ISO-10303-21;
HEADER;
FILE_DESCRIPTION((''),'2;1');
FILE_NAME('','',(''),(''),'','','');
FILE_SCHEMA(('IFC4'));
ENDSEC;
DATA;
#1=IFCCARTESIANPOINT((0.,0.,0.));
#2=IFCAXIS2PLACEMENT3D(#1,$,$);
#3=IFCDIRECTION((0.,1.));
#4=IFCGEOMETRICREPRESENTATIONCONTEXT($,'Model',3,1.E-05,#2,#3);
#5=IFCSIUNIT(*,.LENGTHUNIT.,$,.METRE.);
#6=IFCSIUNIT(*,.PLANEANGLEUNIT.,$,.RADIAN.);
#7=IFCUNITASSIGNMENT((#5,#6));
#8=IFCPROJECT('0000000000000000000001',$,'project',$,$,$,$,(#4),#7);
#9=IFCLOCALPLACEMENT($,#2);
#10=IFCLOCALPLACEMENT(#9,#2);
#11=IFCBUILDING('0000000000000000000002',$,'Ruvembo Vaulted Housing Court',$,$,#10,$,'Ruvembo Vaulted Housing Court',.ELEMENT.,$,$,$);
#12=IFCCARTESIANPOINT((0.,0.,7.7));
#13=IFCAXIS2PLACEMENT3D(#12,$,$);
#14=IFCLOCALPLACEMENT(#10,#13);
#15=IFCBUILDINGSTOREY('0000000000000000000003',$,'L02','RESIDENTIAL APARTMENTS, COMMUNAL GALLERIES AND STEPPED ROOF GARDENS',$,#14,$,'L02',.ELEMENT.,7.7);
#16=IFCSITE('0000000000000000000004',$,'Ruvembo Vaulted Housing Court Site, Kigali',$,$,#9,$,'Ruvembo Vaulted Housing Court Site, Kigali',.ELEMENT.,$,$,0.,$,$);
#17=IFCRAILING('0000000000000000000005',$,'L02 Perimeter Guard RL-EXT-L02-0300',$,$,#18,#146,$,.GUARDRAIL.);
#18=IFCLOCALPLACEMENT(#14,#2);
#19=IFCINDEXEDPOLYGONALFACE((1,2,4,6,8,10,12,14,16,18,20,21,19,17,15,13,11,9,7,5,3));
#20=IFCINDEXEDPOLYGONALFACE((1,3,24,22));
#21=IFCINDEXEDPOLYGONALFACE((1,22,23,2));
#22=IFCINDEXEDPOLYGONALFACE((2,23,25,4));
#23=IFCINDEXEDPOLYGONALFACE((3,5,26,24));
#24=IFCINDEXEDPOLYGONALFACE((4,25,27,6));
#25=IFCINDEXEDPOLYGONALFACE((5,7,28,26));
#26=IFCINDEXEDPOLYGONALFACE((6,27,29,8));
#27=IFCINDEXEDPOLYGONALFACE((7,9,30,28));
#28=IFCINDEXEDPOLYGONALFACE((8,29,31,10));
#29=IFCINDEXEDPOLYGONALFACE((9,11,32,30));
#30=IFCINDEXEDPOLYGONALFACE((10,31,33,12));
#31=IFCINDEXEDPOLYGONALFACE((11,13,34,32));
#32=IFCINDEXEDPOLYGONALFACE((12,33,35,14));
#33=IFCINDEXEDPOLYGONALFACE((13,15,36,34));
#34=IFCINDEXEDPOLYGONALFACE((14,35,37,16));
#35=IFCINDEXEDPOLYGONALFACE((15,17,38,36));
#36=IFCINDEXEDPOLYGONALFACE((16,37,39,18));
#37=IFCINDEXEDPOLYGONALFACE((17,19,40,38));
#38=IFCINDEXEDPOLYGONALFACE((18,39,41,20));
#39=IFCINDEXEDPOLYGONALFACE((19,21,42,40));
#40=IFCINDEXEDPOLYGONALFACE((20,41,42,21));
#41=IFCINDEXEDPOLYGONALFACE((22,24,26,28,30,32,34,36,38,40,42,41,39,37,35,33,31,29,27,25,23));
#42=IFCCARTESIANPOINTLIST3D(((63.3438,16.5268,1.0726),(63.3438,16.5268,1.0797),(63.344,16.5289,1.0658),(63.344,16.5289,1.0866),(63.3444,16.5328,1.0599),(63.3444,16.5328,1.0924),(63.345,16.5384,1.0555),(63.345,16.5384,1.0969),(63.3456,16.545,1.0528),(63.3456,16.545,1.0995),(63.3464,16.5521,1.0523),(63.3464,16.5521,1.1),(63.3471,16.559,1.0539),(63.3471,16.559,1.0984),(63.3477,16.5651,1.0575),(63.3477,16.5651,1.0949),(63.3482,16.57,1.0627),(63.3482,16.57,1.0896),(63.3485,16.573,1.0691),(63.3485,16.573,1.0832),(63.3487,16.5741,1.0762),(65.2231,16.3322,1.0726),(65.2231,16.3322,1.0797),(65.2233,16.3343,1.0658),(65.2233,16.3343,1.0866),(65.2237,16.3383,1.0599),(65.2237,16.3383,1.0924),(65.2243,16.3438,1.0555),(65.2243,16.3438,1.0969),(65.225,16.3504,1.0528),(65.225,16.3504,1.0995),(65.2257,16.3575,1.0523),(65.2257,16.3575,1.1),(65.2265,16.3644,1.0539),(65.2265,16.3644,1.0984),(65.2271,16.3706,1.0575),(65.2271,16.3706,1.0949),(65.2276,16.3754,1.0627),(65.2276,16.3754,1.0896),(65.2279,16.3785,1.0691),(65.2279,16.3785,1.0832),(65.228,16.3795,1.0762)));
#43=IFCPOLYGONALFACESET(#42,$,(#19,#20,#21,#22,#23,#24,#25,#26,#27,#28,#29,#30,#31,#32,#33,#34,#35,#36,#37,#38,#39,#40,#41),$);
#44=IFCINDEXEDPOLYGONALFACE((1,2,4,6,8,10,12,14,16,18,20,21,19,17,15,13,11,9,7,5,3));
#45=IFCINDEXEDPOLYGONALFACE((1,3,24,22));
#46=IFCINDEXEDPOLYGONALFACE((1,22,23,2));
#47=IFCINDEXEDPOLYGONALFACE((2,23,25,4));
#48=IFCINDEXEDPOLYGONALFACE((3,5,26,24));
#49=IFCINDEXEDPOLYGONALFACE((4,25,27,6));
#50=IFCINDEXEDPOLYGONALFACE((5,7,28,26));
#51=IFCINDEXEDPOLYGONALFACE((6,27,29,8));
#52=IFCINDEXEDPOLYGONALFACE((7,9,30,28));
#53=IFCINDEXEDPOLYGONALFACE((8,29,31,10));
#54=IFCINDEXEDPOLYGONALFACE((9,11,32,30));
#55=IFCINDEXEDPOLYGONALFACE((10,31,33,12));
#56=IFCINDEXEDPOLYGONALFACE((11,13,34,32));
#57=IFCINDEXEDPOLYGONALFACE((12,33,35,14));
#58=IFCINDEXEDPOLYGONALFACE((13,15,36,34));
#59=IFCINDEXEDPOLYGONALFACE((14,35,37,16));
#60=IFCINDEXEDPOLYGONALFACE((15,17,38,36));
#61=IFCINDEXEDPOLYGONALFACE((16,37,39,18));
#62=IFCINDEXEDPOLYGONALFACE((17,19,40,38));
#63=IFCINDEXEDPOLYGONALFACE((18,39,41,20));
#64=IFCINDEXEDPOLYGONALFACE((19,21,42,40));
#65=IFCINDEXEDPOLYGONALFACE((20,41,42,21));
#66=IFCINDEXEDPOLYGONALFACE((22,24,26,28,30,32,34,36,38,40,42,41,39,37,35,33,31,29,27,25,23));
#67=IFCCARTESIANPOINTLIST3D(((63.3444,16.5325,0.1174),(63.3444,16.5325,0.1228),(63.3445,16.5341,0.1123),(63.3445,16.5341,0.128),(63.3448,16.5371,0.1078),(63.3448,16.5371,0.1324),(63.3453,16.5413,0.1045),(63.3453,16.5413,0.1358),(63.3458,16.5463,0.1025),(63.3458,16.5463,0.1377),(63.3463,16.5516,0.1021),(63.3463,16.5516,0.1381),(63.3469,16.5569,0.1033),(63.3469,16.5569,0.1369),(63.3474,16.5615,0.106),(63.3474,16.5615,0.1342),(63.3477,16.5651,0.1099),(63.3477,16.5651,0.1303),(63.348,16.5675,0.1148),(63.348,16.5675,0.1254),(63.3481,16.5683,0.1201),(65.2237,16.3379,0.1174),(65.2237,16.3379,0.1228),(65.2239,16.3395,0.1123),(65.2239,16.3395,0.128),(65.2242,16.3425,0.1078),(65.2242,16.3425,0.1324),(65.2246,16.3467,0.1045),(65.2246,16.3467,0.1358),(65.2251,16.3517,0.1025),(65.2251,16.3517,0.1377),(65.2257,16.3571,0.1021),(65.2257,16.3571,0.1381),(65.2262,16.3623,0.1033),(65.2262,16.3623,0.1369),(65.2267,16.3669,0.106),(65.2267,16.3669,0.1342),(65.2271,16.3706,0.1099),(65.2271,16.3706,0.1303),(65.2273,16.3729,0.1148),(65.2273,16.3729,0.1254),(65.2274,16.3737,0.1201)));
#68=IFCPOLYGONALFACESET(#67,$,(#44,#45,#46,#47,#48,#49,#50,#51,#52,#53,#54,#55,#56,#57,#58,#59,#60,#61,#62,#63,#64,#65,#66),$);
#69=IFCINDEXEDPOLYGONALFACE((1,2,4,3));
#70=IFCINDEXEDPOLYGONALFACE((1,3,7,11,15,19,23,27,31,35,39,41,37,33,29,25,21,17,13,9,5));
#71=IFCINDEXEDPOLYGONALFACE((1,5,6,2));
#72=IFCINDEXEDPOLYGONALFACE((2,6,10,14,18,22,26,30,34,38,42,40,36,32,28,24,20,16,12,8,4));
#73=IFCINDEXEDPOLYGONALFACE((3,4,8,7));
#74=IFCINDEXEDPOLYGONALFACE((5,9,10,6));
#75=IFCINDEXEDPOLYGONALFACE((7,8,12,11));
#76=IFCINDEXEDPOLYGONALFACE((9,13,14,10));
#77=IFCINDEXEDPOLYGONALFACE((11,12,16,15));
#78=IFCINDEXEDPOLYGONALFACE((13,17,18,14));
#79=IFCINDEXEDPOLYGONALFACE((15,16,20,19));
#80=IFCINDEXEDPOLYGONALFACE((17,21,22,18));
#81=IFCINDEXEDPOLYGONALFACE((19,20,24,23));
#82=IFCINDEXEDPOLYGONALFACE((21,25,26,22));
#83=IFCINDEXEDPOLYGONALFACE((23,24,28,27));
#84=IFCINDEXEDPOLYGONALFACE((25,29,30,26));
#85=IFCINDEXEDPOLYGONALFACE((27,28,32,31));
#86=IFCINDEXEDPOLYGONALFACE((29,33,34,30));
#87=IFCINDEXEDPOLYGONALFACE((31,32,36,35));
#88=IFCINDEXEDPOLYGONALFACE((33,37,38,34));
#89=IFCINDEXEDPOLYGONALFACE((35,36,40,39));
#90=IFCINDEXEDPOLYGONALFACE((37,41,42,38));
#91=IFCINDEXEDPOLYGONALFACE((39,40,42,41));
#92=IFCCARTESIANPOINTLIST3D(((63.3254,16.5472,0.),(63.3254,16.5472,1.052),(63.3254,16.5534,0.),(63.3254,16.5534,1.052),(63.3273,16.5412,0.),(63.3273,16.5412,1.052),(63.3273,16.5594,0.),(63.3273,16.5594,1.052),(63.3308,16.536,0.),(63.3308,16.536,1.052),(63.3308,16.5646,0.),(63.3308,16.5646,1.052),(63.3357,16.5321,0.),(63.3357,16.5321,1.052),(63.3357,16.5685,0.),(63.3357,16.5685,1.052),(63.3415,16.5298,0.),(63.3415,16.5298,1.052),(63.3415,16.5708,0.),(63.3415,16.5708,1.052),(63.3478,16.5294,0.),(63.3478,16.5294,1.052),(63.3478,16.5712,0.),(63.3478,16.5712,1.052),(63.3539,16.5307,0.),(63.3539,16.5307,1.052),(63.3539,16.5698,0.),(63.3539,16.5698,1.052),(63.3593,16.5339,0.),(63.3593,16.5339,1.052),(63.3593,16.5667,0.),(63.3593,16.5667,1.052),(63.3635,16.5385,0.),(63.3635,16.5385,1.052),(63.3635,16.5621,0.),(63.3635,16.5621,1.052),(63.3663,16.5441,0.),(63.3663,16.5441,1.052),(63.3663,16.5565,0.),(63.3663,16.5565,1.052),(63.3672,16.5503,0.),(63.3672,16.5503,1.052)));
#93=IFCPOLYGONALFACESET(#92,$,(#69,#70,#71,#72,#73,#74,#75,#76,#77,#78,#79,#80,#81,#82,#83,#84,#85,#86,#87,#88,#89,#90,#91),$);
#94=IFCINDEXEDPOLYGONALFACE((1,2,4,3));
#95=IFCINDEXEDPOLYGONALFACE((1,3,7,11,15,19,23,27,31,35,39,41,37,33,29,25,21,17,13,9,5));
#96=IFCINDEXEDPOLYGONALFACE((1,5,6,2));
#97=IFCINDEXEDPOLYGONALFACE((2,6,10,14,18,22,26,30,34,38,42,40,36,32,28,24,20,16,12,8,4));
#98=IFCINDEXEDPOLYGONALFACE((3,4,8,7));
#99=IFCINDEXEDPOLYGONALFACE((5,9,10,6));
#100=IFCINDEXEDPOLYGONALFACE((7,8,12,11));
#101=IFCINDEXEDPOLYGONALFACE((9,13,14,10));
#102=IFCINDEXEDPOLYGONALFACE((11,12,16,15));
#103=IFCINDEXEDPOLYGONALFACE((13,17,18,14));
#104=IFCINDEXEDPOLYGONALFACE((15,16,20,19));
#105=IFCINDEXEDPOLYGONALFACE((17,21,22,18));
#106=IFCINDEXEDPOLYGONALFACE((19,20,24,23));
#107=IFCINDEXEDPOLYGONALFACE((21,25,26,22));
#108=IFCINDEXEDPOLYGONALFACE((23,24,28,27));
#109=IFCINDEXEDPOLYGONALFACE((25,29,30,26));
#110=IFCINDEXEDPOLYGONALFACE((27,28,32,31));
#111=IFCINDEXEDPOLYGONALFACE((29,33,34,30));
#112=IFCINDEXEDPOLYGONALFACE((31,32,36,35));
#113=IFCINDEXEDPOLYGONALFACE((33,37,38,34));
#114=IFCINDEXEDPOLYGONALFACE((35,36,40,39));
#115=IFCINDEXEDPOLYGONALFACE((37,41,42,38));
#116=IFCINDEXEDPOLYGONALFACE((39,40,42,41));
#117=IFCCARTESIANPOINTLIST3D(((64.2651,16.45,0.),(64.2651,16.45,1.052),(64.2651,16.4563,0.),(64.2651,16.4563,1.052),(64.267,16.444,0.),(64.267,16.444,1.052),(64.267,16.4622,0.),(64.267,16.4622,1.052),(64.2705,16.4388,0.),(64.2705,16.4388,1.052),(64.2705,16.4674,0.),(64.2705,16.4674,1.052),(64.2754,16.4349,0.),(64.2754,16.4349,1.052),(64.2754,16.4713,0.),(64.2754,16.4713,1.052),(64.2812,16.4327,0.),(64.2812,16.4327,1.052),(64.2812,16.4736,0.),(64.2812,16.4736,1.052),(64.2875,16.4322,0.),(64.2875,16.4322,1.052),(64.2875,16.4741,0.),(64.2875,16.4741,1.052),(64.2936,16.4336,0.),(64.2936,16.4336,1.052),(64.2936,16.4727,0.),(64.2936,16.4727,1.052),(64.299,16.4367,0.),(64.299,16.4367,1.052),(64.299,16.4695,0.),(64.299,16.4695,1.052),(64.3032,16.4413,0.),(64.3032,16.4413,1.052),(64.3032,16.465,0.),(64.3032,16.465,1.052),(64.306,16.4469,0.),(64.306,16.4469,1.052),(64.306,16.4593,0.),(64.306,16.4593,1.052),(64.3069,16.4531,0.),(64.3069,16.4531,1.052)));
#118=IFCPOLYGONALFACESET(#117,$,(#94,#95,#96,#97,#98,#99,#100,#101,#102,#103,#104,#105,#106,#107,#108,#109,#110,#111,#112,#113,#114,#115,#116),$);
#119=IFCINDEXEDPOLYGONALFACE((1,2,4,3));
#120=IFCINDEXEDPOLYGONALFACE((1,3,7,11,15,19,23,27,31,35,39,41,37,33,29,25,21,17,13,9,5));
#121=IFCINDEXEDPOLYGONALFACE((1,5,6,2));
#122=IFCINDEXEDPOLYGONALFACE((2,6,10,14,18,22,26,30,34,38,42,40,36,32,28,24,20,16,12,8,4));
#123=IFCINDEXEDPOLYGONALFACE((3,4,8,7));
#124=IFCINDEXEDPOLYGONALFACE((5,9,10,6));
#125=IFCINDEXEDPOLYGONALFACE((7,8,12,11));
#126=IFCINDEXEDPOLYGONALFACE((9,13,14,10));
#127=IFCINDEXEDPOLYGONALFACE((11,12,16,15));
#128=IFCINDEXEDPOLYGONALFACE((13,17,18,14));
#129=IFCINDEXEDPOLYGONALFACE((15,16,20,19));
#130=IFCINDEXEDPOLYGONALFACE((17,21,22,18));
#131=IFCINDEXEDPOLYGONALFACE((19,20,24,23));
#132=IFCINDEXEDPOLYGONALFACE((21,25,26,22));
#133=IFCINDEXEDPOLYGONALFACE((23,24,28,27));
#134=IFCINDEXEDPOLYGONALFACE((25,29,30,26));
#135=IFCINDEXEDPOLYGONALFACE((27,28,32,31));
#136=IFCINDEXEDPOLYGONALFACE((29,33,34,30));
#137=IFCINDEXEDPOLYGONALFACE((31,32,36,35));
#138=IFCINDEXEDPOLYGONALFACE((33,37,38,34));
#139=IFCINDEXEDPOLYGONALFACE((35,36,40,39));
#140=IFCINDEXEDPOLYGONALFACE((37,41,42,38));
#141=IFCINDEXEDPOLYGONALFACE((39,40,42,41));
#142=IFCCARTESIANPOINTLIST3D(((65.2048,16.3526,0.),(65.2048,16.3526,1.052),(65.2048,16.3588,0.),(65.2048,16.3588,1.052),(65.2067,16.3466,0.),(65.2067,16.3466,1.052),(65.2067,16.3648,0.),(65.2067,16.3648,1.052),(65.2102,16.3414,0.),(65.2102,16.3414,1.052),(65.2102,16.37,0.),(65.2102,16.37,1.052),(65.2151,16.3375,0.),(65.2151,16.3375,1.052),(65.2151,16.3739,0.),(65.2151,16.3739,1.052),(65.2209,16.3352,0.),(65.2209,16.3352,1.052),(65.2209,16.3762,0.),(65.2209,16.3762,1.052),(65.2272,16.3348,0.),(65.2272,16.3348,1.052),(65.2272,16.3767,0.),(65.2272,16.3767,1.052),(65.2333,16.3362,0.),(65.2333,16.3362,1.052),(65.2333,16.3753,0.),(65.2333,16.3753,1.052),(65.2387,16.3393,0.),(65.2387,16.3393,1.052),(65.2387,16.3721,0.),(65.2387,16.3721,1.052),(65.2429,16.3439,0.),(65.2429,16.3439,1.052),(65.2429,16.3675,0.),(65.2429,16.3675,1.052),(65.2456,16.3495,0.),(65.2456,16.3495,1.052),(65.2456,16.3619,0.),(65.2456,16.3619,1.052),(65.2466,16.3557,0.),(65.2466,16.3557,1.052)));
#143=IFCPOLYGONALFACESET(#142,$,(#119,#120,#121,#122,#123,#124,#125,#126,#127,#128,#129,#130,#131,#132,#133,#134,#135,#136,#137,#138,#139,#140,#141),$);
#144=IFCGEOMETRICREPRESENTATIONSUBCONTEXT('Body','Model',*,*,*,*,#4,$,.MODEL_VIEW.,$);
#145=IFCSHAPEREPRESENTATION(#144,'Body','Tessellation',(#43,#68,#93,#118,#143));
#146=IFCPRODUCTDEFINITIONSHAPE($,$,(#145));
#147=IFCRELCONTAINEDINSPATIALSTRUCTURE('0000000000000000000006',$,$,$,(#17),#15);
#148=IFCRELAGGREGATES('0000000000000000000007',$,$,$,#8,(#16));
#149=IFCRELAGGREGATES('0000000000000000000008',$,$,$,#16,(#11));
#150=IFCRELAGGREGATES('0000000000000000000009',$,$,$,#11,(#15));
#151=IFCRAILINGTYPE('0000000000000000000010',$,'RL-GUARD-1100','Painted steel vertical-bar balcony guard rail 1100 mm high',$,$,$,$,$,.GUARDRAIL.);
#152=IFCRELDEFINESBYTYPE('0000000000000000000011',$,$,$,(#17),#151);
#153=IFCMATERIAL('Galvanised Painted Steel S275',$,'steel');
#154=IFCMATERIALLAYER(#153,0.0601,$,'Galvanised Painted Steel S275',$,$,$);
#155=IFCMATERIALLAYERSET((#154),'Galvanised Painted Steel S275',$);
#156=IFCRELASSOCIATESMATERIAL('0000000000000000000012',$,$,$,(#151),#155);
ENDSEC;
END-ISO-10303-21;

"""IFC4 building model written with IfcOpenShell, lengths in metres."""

from ifc_helpers import new_model, si_unit, direction, frame, origin, origin_2d, place, context, subcontext, project, spatial, circle, extrude, material, layer, layer_set, type_object, element, save


model = new_model("IFC4")

# Units and contexts
model_context = context("Model", 3, precision=1e-05, world=origin(), true_north=direction((0.0, 1.0)))
body_context = subcontext(model_context, "Body", "Model", "MODEL_VIEW")
ifc_project = project(units=[si_unit("LENGTHUNIT", "METRE"), si_unit("PLANEANGLEUNIT", "RADIAN")], contexts=[model_context])

# Site, building, storey
site_placement = place(None, origin())
site = spatial("IfcSite", under=ifc_project, at=site_placement, Name="Ruvembo Vaulted Housing Court Site, Kigali", LongName="Ruvembo Vaulted Housing Court Site, Kigali", CompositionType="ELEMENT", RefElevation=0.0)
building_placement = place(site_placement, origin())
building = spatial("IfcBuilding", under=site, at=building_placement, Name="Ruvembo Vaulted Housing Court", LongName="Ruvembo Vaulted Housing Court", CompositionType="ELEMENT")
storey_placement = place(building_placement, frame((0.0, 0.0, 7.7)))
storey = spatial("IfcBuildingStorey", under=building, at=storey_placement, Name="L02", Description="RESIDENTIAL APARTMENTS, COMMUNAL GALLERIES AND STEPPED ROOF GARDENS", LongName="L02", CompositionType="ELEMENT", Elevation=7.7)

# Railing
ifc_material_1 = material(Name="Galvanised Painted Steel S275", Category="steel")
ifc_layer = layer(ifc_material_1, 0.0601, Name="Galvanised Painted Steel S275")
ifc_layer_set = layer_set([ifc_layer], Name="Galvanised Painted Steel S275")
railing_type = type_object("IfcRailingType", Name="RL-GUARD-1100", Description="Painted steel vertical-bar balcony guard rail 1100 mm high", PredefinedType="GUARDRAIL", material=ifc_layer_set)
railing_1_placement = place(storey_placement, frame((63.3462, 16.5503, 0.0)))
element("IfcRailing", 1, at=railing_1_placement, inside=storey, type_object=railing_type, Name="L02 Perimeter Guard RL-EXT-L02-0300", PredefinedType="GUARDRAIL", context=body_context, shape_type="SweptSolid", body=[
    extrude(circle(Radius=0.0239, at=origin_2d()), frame((0.0, 0.0, 1.0762), z_axis=(0.994683, -0.102983, 0.0), x_axis=(0.102983, 0.994683, 0.0)), (0.0, 0.0, 1.0), 1.8894),
    extrude(circle(Radius=0.0181, at=origin_2d()), frame((0.0, 0.0, 0.1201), z_axis=(0.994683, -0.102983, 0.0), x_axis=(0.102983, 0.994683, 0.0)), (0.0, 0.0, 1.0), 1.8894),
    extrude(circle(Radius=0.021, at=origin_2d()), origin(), (0.0, 0.0, 1.0), 1.052),
    extrude(circle(Radius=0.021, at=origin_2d()), frame((0.9397, -0.0972, 0.0)), (0.0, 0.0, 1.0), 1.052),
    extrude(circle(Radius=0.021, at=origin_2d()), frame((1.8794, -0.1946, 0.0)), (0.0, 0.0, 1.0), 1.052),
])

save(model, "model.ifc")
